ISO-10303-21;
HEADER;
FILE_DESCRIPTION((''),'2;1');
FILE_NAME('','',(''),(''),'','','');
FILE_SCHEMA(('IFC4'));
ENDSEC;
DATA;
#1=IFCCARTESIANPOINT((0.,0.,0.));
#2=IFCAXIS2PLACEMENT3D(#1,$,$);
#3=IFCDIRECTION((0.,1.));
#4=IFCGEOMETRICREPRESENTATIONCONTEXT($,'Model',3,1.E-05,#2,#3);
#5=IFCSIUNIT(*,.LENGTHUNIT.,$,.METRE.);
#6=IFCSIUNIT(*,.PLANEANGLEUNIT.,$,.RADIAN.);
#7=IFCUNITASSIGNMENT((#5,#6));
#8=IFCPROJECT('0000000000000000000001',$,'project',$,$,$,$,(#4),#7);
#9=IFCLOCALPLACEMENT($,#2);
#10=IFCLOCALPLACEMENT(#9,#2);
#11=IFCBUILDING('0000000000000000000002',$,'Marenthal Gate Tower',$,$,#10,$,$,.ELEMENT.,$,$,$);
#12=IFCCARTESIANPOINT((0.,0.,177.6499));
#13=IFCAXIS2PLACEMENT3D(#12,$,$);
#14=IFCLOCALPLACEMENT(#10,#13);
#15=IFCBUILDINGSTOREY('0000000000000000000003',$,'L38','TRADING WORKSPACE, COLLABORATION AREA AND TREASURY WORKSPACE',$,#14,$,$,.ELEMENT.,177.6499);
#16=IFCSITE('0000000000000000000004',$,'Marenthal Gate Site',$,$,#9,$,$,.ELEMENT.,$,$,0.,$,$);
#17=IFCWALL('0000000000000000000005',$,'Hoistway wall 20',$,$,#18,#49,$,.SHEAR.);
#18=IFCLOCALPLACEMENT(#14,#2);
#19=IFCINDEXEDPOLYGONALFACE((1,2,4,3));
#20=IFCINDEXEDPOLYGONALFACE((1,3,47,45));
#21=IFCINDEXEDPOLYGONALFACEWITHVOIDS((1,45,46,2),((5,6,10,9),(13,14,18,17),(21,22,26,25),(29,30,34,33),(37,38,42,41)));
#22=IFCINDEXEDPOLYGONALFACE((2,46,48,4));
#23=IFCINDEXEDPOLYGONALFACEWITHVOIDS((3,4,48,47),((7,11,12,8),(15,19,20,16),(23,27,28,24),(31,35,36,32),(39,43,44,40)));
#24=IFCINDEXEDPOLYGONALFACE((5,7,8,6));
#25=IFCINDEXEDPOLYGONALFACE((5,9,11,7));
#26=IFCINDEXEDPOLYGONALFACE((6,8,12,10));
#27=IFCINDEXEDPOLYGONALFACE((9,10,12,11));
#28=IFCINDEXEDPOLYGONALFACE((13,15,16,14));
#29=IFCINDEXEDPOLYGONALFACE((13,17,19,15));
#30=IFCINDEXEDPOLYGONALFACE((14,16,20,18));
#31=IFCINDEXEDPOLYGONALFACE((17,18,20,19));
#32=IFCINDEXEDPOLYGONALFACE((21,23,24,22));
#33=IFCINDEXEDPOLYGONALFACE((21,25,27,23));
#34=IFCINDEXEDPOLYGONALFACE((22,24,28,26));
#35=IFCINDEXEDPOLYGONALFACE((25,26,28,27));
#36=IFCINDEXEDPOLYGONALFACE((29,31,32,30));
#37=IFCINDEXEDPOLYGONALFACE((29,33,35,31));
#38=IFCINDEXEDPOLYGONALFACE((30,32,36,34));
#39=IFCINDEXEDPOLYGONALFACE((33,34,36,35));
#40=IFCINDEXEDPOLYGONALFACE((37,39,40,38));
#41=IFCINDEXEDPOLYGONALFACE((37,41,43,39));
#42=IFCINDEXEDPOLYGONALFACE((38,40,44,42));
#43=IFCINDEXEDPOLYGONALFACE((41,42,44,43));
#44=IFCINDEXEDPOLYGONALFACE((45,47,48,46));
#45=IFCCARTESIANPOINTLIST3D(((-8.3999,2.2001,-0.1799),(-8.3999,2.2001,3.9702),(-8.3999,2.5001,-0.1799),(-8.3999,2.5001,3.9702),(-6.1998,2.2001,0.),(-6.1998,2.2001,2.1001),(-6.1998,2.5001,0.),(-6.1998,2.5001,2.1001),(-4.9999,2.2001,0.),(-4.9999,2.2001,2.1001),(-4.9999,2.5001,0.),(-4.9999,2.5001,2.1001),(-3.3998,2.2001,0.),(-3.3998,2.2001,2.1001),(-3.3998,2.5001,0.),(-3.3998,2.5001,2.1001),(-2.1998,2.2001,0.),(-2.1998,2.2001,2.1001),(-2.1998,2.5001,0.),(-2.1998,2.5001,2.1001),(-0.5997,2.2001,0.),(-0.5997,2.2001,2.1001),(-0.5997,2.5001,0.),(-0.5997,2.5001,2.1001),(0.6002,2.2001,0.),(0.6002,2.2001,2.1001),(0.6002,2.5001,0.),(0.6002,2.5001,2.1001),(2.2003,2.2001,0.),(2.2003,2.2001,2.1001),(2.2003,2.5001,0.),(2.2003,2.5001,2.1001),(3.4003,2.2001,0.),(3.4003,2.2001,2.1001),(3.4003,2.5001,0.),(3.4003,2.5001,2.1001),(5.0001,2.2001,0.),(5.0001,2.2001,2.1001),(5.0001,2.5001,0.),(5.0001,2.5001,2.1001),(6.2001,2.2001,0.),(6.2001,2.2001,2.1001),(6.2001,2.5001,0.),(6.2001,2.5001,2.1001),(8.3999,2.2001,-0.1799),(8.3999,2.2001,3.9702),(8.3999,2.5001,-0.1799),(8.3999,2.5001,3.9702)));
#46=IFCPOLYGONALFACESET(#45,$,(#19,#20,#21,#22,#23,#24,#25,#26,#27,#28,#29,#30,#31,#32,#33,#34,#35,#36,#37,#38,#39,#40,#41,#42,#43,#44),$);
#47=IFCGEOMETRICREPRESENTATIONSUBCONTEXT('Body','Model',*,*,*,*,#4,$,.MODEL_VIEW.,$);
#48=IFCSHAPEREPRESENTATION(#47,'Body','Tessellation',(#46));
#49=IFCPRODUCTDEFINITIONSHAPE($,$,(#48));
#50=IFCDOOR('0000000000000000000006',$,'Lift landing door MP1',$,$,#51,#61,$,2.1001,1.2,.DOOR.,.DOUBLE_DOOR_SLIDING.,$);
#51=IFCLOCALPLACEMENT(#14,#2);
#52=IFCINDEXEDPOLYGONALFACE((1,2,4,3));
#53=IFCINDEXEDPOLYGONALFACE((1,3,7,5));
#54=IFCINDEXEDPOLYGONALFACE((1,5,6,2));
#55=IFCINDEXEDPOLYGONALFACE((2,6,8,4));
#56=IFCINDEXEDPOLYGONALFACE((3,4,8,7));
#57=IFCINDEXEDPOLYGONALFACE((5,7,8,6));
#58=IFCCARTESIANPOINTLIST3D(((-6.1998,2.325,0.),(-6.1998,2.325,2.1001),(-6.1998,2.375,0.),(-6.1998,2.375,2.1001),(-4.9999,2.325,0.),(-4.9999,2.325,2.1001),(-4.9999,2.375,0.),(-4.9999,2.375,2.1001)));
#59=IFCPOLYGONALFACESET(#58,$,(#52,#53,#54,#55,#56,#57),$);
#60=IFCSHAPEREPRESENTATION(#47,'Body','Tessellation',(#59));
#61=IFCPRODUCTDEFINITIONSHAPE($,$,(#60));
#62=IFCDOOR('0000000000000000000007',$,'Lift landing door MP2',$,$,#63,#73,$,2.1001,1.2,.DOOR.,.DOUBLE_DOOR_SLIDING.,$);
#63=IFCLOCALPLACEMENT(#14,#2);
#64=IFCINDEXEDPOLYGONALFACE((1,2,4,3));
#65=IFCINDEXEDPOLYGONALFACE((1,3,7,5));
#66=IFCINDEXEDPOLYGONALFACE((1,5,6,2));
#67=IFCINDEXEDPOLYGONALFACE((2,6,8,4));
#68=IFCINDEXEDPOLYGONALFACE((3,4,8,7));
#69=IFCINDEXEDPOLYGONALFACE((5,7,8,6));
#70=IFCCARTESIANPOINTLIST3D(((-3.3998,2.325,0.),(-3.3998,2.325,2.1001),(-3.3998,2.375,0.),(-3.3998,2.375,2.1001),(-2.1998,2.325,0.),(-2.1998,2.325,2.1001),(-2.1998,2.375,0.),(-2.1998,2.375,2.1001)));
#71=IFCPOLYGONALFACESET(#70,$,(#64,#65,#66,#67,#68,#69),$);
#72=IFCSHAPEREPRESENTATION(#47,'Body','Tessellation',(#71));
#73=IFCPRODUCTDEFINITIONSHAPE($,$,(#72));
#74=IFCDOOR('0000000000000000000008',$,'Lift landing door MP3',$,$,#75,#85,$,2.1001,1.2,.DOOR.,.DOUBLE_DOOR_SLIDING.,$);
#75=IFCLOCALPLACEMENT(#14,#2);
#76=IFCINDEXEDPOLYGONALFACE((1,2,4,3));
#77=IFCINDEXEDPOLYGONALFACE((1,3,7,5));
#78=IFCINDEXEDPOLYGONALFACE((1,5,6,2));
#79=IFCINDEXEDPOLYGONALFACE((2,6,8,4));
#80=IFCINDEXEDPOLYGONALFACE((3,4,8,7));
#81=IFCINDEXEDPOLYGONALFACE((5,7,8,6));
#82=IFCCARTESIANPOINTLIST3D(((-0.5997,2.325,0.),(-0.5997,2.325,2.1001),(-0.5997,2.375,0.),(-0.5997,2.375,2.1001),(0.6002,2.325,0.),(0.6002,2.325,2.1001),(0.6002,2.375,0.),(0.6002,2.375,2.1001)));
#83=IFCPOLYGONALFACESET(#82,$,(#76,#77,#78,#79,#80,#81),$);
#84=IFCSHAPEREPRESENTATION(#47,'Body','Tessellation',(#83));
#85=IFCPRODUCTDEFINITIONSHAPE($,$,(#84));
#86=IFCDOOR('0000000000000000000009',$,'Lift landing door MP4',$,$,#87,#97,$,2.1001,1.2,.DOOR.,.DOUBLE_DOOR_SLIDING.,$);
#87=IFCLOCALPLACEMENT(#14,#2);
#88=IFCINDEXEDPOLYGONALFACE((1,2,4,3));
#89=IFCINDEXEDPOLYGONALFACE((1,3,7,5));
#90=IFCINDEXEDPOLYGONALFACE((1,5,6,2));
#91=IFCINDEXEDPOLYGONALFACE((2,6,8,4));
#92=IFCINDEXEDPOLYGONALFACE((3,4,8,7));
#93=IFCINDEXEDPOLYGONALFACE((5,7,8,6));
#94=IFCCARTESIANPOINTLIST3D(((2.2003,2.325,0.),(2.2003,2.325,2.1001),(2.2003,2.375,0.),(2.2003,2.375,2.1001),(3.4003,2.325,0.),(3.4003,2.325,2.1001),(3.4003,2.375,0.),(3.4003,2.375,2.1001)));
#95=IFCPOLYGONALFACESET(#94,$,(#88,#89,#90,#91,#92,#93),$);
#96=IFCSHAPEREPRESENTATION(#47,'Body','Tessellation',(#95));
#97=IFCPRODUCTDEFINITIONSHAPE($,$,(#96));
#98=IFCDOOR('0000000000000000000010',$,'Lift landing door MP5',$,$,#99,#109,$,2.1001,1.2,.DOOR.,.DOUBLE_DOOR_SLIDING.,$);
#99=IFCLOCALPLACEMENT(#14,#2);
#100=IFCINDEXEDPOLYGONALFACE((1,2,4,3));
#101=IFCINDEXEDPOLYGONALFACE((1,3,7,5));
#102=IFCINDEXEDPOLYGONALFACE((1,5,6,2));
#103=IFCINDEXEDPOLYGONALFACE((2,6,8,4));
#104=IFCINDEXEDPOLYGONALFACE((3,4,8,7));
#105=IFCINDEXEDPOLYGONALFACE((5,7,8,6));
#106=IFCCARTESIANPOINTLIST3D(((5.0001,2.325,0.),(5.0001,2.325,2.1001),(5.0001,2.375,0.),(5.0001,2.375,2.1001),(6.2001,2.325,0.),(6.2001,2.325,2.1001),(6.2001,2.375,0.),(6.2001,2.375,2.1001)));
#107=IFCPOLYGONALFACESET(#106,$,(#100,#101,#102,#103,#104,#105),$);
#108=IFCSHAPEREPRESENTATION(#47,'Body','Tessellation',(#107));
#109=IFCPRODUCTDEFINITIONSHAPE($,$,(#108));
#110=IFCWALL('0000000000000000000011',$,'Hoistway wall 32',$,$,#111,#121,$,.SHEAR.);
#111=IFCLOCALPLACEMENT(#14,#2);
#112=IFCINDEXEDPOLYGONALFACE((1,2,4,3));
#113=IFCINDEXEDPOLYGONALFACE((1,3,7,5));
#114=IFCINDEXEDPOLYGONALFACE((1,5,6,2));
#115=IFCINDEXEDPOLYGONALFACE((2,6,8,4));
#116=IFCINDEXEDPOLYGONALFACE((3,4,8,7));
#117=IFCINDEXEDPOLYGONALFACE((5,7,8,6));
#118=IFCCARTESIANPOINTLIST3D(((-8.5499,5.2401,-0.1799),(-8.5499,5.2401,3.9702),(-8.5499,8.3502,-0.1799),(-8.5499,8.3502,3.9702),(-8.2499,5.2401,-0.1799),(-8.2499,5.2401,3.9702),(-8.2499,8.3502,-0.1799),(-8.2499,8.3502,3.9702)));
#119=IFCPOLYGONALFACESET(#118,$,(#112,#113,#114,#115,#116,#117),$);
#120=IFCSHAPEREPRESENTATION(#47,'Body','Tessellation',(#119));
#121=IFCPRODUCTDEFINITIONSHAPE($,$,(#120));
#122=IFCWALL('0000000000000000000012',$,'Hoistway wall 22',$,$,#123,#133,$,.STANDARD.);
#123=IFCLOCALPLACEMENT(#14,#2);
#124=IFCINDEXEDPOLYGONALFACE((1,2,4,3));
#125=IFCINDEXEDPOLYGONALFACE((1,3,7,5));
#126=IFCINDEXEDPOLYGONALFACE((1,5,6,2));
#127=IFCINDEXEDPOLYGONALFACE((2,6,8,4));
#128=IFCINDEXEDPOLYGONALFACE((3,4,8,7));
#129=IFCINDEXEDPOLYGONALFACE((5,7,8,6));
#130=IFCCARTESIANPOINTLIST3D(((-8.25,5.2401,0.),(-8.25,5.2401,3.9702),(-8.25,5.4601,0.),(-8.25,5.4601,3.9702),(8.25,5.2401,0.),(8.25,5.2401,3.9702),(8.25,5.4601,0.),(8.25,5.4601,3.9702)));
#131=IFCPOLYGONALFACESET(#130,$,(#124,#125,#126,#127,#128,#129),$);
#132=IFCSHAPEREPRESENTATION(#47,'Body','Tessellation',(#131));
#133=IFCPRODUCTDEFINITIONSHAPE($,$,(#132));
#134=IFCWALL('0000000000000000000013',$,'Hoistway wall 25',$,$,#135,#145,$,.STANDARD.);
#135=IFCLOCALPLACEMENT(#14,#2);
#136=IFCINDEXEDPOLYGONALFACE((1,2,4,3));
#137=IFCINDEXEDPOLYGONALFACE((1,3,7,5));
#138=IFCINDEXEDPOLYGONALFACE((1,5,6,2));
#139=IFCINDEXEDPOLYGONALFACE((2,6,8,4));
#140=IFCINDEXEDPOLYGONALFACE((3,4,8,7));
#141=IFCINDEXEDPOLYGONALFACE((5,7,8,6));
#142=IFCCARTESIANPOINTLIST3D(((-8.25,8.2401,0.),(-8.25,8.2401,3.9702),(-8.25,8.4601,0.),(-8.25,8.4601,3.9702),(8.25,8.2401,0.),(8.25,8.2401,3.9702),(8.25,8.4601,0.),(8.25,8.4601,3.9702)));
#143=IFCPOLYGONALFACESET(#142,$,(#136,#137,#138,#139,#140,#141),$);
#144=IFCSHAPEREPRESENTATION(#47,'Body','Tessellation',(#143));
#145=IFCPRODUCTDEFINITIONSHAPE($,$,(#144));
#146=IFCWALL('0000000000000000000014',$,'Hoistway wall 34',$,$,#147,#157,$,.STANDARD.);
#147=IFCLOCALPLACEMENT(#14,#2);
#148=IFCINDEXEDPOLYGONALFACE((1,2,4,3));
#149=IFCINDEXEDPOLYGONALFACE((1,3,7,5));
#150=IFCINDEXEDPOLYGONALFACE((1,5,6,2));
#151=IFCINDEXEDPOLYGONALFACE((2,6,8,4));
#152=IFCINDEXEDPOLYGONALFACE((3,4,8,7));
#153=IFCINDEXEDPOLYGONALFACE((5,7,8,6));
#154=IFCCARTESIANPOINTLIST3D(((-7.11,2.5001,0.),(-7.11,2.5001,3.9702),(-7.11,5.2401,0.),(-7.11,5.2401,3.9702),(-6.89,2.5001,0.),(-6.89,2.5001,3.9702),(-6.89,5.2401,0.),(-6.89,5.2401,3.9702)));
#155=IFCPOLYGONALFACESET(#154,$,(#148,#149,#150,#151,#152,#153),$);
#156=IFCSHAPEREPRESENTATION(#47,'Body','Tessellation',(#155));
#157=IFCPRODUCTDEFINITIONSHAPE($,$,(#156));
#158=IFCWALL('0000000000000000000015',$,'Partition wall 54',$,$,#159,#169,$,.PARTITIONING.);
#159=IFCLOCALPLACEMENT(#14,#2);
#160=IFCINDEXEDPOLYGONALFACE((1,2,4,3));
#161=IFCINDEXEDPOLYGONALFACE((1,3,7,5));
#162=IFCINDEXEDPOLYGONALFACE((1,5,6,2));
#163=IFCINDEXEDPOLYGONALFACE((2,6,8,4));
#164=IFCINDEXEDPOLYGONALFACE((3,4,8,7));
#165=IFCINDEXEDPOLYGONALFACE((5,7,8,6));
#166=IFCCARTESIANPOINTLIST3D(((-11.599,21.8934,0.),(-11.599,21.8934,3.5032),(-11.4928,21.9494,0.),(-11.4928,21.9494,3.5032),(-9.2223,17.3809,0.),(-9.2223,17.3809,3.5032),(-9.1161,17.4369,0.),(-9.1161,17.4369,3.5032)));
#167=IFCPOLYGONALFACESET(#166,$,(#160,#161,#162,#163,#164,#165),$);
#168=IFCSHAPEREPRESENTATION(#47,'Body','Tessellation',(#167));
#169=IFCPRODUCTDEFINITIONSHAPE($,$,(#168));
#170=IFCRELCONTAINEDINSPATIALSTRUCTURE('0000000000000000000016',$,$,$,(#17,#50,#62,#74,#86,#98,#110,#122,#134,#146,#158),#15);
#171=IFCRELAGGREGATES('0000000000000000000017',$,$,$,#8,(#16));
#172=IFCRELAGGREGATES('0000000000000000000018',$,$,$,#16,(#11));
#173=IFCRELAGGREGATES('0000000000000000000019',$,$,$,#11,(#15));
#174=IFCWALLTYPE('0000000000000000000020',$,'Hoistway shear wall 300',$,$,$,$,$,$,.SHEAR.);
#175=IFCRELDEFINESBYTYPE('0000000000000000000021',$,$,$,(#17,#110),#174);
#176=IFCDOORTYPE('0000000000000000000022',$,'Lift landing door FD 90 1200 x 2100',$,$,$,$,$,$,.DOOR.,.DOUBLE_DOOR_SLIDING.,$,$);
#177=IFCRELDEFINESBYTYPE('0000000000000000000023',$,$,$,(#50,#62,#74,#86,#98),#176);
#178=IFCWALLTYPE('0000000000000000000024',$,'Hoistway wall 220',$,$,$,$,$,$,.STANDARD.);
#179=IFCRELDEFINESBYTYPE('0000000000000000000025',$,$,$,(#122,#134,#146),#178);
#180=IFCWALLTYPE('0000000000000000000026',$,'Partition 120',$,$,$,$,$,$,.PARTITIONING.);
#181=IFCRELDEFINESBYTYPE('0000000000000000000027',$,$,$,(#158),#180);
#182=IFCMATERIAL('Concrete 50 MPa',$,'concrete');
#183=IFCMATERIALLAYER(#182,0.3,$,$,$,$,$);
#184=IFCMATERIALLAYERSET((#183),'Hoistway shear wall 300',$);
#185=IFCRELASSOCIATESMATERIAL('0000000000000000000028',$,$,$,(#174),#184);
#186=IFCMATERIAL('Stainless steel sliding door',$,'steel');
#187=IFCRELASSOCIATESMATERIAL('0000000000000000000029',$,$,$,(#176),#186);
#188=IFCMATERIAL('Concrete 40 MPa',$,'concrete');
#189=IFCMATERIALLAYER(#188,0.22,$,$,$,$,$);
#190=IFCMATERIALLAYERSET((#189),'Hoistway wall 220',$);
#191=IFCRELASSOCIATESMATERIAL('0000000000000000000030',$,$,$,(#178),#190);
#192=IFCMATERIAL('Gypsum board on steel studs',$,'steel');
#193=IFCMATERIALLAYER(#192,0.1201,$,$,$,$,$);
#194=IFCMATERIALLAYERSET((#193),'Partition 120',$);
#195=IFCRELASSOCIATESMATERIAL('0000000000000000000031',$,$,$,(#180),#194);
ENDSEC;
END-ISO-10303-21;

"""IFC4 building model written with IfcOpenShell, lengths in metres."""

from ifc_helpers import new_model, si_unit, direction, frame, frame_2d, origin, place, context, subcontext, project, spatial, rectangle, extrude, material, layer, layer_set, type_object, element, fill, save


model = new_model("IFC4")

# Units and contexts
model_context = context("Model", 3, precision=1e-05, world=origin(), true_north=direction((0.0, 1.0)))
body_context = subcontext(model_context, "Body", "Model", "MODEL_VIEW")
ifc_project = project(units=[si_unit("LENGTHUNIT", "METRE"), si_unit("PLANEANGLEUNIT", "RADIAN")], contexts=[model_context])

# Site, building, storey
site_placement = place(None, origin())
site = spatial("IfcSite", under=ifc_project, at=site_placement, Name="Marenthal Gate Site", CompositionType="ELEMENT", RefElevation=0.0)
building_placement = place(site_placement, origin())
building = spatial("IfcBuilding", under=site, at=building_placement, Name="Marenthal Gate Tower", CompositionType="ELEMENT")
storey_placement = place(building_placement, frame((0.0, 0.0, 177.6499)))
storey = spatial("IfcBuildingStorey", under=building, at=storey_placement, Name="L38", Description="TRADING WORKSPACE, COLLABORATION AREA AND TREASURY WORKSPACE", CompositionType="ELEMENT", Elevation=177.6499)

# Wall, openings, doors
ifc_material_1 = material(Name="Concrete 50 MPa", Category="concrete")
ifc_layer_1 = layer(ifc_material_1, 0.3)
ifc_layer_set_1 = layer_set([ifc_layer_1], Name="Hoistway shear wall 300")
wall_type_1 = type_object("IfcWallType", Name="Hoistway shear wall 300", PredefinedType="SHEAR", material=ifc_layer_set_1)
wall_1_placement = place(storey_placement, frame((-8.3999, 2.3501, -0.1799), z_axis=(0.0, 0.0, 1.0), x_axis=(1.0, 0.0, 0.0)))
wall_1 = element("IfcWall", 1, at=wall_1_placement, inside=storey, type_object=wall_type_1, Name="Hoistway wall 20", PredefinedType="SHEAR", context=body_context, shape_type="SweptSolid", body=[
    extrude(rectangle(XDim=16.7998, YDim=0.3, at=frame_2d((8.3999, 0.0))), origin(), (0.0, 0.0, 1.0), 4.1501),
])
opening_1_placement = place(wall_1_placement, frame((2.2, 0.0, 0.1799)))
opening_1 = element("IfcOpeningElement", 2, at=opening_1_placement, cuts=wall_1, PredefinedType="OPENING", context=body_context, shape_type="SweptSolid", body=[
    extrude(rectangle(XDim=1.2, YDim=2.1001, at=frame_2d((0.6001, 1.05))), frame((0.0, 0.1602, 0.0), z_axis=(0.0, -1.0, 0.0), x_axis=(1.0, 0.0, 0.0)), (0.0, 0.0, 1.0), 0.3201),
])
opening_2_placement = place(wall_1_placement, frame((5.0, 0.0, 0.1799)))
opening_2 = element("IfcOpeningElement", 3, at=opening_2_placement, cuts=wall_1, PredefinedType="OPENING", context=body_context, shape_type="SweptSolid", body=[
    extrude(rectangle(XDim=1.2, YDim=2.1001, at=frame_2d((0.6001, 1.05))), frame((0.0, 0.1602, 0.0), z_axis=(0.0, -1.0, 0.0), x_axis=(1.0, 0.0, 0.0)), (0.0, 0.0, 1.0), 0.3201),
])
opening_3_placement = place(wall_1_placement, frame((7.8, 0.0, 0.1799)))
opening_3 = element("IfcOpeningElement", 4, at=opening_3_placement, cuts=wall_1, PredefinedType="OPENING", context=body_context, shape_type="SweptSolid", body=[
    extrude(rectangle(XDim=1.2, YDim=2.1001, at=frame_2d((0.6001, 1.05))), frame((0.0, 0.1602, 0.0), z_axis=(0.0, -1.0, 0.0), x_axis=(1.0, 0.0, 0.0)), (0.0, 0.0, 1.0), 0.3201),
])
opening_4_placement = place(wall_1_placement, frame((10.6001, 0.0, 0.1799)))
opening_4 = element("IfcOpeningElement", 5, at=opening_4_placement, cuts=wall_1, PredefinedType="OPENING", context=body_context, shape_type="SweptSolid", body=[
    extrude(rectangle(XDim=1.2, YDim=2.1001, at=frame_2d((0.6001, 1.05))), frame((0.0, 0.1602, 0.0), z_axis=(0.0, -1.0, 0.0), x_axis=(1.0, 0.0, 0.0)), (0.0, 0.0, 1.0), 0.3201),
])
opening_5_placement = place(wall_1_placement, frame((13.3999, 0.0, 0.1799)))
opening_5 = element("IfcOpeningElement", 6, at=opening_5_placement, cuts=wall_1, PredefinedType="OPENING", context=body_context, shape_type="SweptSolid", body=[
    extrude(rectangle(XDim=1.2, YDim=2.1001, at=frame_2d((0.6001, 1.05))), frame((0.0, 0.1602, 0.0), z_axis=(0.0, -1.0, 0.0), x_axis=(1.0, 0.0, 0.0)), (0.0, 0.0, 1.0), 0.3201),
])
ifc_material_2 = material(Name="Stainless steel sliding door", Category="steel")
door_type = type_object("IfcDoorType", Name="Lift landing door FD 90 1200 x 2100", OperationType="DOUBLE_DOOR_SLIDING", PredefinedType="DOOR", material=ifc_material_2)
door_1_placement = place(opening_1_placement, origin())
door_1 = element("IfcDoor", 7, at=door_1_placement, inside=storey, type_object=door_type, Name="Lift landing door MP1", OperationType="DOUBLE_DOOR_SLIDING", OverallHeight=2.1001, OverallWidth=1.2, PredefinedType="DOOR", context=body_context, shape_type="SweptSolid", body=[
    extrude(rectangle(XDim=1.2, YDim=2.1001, at=frame_2d((0.6001, 1.05))), frame((0.0, 0.0249, 0.0), z_axis=(0.0, -1.0, 0.0), x_axis=(1.0, 0.0, 0.0)), (0.0, 0.0, 1.0), 0.05),
])
fill(opening_1, door_1)
door_2_placement = place(opening_2_placement, origin())
door_2 = element("IfcDoor", 8, at=door_2_placement, inside=storey, type_object=door_type, Name="Lift landing door MP2", OperationType="DOUBLE_DOOR_SLIDING", OverallHeight=2.1001, OverallWidth=1.2, PredefinedType="DOOR", context=body_context, shape_type="SweptSolid", body=[
    extrude(rectangle(XDim=1.2, YDim=2.1001, at=frame_2d((0.6001, 1.05))), frame((0.0, 0.0249, 0.0), z_axis=(0.0, -1.0, 0.0), x_axis=(1.0, 0.0, 0.0)), (0.0, 0.0, 1.0), 0.05),
])
fill(opening_2, door_2)
door_3_placement = place(opening_3_placement, origin())
door_3 = element("IfcDoor", 9, at=door_3_placement, inside=storey, type_object=door_type, Name="Lift landing door MP3", OperationType="DOUBLE_DOOR_SLIDING", OverallHeight=2.1001, OverallWidth=1.2, PredefinedType="DOOR", context=body_context, shape_type="SweptSolid", body=[
    extrude(rectangle(XDim=1.2, YDim=2.1001, at=frame_2d((0.6001, 1.05))), frame((0.0, 0.0249, 0.0), z_axis=(0.0, -1.0, 0.0), x_axis=(1.0, 0.0, 0.0)), (0.0, 0.0, 1.0), 0.05),
])
fill(opening_3, door_3)
door_4_placement = place(opening_4_placement, origin())
door_4 = element("IfcDoor", 10, at=door_4_placement, inside=storey, type_object=door_type, Name="Lift landing door MP4", OperationType="DOUBLE_DOOR_SLIDING", OverallHeight=2.1001, OverallWidth=1.2, PredefinedType="DOOR", context=body_context, shape_type="SweptSolid", body=[
    extrude(rectangle(XDim=1.2, YDim=2.1001, at=frame_2d((0.6001, 1.05))), frame((0.0, 0.0249, 0.0), z_axis=(0.0, -1.0, 0.0), x_axis=(1.0, 0.0, 0.0)), (0.0, 0.0, 1.0), 0.05),
])
fill(opening_4, door_4)
door_5_placement = place(opening_5_placement, origin())
door_5 = element("IfcDoor", 11, at=door_5_placement, inside=storey, type_object=door_type, Name="Lift landing door MP5", OperationType="DOUBLE_DOOR_SLIDING", OverallHeight=2.1001, OverallWidth=1.2, PredefinedType="DOOR", context=body_context, shape_type="SweptSolid", body=[
    extrude(rectangle(XDim=1.2, YDim=2.1001, at=frame_2d((0.6001, 1.05))), frame((0.0, 0.0249, 0.0), z_axis=(0.0, -1.0, 0.0), x_axis=(1.0, 0.0, 0.0)), (0.0, 0.0, 1.0), 0.05),
])
fill(opening_5, door_5)

# Walls
wall_2_placement = place(storey_placement, frame((-8.3999, 5.24, -0.1799), z_axis=(0.0, 0.0, 1.0), x_axis=(0.0, 1.0, 0.0)))
element("IfcWall", 12, at=wall_2_placement, inside=storey, type_object=wall_type_1, Name="Hoistway wall 32", PredefinedType="SHEAR", context=body_context, shape_type="SweptSolid", body=[
    extrude(rectangle(XDim=3.1101, YDim=0.3, at=frame_2d((1.5552, 0.0))), origin(), (0.0, 0.0, 1.0), 4.1501),
])
ifc_material_3 = material(Name="Concrete 40 MPa", Category="concrete")
ifc_layer_2 = layer(ifc_material_3, 0.22)
ifc_layer_set_2 = layer_set([ifc_layer_2], Name="Hoistway wall 220")
wall_type_2 = type_object("IfcWallType", Name="Hoistway wall 220", PredefinedType="STANDARD", material=ifc_layer_set_2)
for number, where, z_axis, x_axis, name in (
    (13, (-8.25, 5.3501, 0.0), (0.0, 0.0, 1.0), (1.0, 0.0, 0.0), "Hoistway wall 22"),
    (14, (-8.25, 8.3501, 0.0), (0.0, 0.0, 1.0), (1.0, 0.0, 0.0), "Hoistway wall 25"),
):
    element("IfcWall", number, at=place(storey_placement, frame(where, z_axis=z_axis, x_axis=x_axis)), inside=storey, type_object=wall_type_2, Name=name, PredefinedType="STANDARD", context=body_context, shape_type="SweptSolid", body=[
        extrude(rectangle(XDim=16.5, YDim=0.22, at=frame_2d((8.25, 0.0))), origin(), (0.0, 0.0, 1.0), 3.9702),
    ])
wall_3_placement = place(storey_placement, frame((-7.0, 2.5, 0.0), z_axis=(0.0, 0.0, 1.0), x_axis=(0.0, 1.0, 0.0)))
element("IfcWall", 15, at=wall_3_placement, inside=storey, type_object=wall_type_2, Name="Hoistway wall 34", PredefinedType="STANDARD", context=body_context, shape_type="SweptSolid", body=[
    extrude(rectangle(XDim=2.74, YDim=0.22, at=frame_2d((1.3701, 0.0))), origin(), (0.0, 0.0, 1.0), 3.9702),
])
ifc_material_4 = material(Name="Gypsum board on steel studs", Category="steel")
ifc_layer_3 = layer(ifc_material_4, 0.1201)
ifc_layer_set_3 = layer_set([ifc_layer_3], Name="Partition 120")
wall_type_3 = type_object("IfcWallType", Name="Partition 120", PredefinedType="PARTITIONING", material=ifc_layer_set_3)
wall_4_placement = place(storey_placement, frame((-9.1692, 17.4089, 0.0), z_axis=(0.0, 0.0, 1.0), x_axis=(-0.466013, 0.884778, 0.0)))
element("IfcWall", 16, at=wall_4_placement, inside=storey, type_object=wall_type_3, Name="Partition wall 54", PredefinedType="PARTITIONING", context=body_context, shape_type="SweptSolid", body=[
    extrude(rectangle(XDim=5.1001, YDim=0.1201, at=frame_2d((2.55, 0.0))), origin(), (0.0, 0.0, 1.0), 3.5032),
])

save(model, "model.ifc")
